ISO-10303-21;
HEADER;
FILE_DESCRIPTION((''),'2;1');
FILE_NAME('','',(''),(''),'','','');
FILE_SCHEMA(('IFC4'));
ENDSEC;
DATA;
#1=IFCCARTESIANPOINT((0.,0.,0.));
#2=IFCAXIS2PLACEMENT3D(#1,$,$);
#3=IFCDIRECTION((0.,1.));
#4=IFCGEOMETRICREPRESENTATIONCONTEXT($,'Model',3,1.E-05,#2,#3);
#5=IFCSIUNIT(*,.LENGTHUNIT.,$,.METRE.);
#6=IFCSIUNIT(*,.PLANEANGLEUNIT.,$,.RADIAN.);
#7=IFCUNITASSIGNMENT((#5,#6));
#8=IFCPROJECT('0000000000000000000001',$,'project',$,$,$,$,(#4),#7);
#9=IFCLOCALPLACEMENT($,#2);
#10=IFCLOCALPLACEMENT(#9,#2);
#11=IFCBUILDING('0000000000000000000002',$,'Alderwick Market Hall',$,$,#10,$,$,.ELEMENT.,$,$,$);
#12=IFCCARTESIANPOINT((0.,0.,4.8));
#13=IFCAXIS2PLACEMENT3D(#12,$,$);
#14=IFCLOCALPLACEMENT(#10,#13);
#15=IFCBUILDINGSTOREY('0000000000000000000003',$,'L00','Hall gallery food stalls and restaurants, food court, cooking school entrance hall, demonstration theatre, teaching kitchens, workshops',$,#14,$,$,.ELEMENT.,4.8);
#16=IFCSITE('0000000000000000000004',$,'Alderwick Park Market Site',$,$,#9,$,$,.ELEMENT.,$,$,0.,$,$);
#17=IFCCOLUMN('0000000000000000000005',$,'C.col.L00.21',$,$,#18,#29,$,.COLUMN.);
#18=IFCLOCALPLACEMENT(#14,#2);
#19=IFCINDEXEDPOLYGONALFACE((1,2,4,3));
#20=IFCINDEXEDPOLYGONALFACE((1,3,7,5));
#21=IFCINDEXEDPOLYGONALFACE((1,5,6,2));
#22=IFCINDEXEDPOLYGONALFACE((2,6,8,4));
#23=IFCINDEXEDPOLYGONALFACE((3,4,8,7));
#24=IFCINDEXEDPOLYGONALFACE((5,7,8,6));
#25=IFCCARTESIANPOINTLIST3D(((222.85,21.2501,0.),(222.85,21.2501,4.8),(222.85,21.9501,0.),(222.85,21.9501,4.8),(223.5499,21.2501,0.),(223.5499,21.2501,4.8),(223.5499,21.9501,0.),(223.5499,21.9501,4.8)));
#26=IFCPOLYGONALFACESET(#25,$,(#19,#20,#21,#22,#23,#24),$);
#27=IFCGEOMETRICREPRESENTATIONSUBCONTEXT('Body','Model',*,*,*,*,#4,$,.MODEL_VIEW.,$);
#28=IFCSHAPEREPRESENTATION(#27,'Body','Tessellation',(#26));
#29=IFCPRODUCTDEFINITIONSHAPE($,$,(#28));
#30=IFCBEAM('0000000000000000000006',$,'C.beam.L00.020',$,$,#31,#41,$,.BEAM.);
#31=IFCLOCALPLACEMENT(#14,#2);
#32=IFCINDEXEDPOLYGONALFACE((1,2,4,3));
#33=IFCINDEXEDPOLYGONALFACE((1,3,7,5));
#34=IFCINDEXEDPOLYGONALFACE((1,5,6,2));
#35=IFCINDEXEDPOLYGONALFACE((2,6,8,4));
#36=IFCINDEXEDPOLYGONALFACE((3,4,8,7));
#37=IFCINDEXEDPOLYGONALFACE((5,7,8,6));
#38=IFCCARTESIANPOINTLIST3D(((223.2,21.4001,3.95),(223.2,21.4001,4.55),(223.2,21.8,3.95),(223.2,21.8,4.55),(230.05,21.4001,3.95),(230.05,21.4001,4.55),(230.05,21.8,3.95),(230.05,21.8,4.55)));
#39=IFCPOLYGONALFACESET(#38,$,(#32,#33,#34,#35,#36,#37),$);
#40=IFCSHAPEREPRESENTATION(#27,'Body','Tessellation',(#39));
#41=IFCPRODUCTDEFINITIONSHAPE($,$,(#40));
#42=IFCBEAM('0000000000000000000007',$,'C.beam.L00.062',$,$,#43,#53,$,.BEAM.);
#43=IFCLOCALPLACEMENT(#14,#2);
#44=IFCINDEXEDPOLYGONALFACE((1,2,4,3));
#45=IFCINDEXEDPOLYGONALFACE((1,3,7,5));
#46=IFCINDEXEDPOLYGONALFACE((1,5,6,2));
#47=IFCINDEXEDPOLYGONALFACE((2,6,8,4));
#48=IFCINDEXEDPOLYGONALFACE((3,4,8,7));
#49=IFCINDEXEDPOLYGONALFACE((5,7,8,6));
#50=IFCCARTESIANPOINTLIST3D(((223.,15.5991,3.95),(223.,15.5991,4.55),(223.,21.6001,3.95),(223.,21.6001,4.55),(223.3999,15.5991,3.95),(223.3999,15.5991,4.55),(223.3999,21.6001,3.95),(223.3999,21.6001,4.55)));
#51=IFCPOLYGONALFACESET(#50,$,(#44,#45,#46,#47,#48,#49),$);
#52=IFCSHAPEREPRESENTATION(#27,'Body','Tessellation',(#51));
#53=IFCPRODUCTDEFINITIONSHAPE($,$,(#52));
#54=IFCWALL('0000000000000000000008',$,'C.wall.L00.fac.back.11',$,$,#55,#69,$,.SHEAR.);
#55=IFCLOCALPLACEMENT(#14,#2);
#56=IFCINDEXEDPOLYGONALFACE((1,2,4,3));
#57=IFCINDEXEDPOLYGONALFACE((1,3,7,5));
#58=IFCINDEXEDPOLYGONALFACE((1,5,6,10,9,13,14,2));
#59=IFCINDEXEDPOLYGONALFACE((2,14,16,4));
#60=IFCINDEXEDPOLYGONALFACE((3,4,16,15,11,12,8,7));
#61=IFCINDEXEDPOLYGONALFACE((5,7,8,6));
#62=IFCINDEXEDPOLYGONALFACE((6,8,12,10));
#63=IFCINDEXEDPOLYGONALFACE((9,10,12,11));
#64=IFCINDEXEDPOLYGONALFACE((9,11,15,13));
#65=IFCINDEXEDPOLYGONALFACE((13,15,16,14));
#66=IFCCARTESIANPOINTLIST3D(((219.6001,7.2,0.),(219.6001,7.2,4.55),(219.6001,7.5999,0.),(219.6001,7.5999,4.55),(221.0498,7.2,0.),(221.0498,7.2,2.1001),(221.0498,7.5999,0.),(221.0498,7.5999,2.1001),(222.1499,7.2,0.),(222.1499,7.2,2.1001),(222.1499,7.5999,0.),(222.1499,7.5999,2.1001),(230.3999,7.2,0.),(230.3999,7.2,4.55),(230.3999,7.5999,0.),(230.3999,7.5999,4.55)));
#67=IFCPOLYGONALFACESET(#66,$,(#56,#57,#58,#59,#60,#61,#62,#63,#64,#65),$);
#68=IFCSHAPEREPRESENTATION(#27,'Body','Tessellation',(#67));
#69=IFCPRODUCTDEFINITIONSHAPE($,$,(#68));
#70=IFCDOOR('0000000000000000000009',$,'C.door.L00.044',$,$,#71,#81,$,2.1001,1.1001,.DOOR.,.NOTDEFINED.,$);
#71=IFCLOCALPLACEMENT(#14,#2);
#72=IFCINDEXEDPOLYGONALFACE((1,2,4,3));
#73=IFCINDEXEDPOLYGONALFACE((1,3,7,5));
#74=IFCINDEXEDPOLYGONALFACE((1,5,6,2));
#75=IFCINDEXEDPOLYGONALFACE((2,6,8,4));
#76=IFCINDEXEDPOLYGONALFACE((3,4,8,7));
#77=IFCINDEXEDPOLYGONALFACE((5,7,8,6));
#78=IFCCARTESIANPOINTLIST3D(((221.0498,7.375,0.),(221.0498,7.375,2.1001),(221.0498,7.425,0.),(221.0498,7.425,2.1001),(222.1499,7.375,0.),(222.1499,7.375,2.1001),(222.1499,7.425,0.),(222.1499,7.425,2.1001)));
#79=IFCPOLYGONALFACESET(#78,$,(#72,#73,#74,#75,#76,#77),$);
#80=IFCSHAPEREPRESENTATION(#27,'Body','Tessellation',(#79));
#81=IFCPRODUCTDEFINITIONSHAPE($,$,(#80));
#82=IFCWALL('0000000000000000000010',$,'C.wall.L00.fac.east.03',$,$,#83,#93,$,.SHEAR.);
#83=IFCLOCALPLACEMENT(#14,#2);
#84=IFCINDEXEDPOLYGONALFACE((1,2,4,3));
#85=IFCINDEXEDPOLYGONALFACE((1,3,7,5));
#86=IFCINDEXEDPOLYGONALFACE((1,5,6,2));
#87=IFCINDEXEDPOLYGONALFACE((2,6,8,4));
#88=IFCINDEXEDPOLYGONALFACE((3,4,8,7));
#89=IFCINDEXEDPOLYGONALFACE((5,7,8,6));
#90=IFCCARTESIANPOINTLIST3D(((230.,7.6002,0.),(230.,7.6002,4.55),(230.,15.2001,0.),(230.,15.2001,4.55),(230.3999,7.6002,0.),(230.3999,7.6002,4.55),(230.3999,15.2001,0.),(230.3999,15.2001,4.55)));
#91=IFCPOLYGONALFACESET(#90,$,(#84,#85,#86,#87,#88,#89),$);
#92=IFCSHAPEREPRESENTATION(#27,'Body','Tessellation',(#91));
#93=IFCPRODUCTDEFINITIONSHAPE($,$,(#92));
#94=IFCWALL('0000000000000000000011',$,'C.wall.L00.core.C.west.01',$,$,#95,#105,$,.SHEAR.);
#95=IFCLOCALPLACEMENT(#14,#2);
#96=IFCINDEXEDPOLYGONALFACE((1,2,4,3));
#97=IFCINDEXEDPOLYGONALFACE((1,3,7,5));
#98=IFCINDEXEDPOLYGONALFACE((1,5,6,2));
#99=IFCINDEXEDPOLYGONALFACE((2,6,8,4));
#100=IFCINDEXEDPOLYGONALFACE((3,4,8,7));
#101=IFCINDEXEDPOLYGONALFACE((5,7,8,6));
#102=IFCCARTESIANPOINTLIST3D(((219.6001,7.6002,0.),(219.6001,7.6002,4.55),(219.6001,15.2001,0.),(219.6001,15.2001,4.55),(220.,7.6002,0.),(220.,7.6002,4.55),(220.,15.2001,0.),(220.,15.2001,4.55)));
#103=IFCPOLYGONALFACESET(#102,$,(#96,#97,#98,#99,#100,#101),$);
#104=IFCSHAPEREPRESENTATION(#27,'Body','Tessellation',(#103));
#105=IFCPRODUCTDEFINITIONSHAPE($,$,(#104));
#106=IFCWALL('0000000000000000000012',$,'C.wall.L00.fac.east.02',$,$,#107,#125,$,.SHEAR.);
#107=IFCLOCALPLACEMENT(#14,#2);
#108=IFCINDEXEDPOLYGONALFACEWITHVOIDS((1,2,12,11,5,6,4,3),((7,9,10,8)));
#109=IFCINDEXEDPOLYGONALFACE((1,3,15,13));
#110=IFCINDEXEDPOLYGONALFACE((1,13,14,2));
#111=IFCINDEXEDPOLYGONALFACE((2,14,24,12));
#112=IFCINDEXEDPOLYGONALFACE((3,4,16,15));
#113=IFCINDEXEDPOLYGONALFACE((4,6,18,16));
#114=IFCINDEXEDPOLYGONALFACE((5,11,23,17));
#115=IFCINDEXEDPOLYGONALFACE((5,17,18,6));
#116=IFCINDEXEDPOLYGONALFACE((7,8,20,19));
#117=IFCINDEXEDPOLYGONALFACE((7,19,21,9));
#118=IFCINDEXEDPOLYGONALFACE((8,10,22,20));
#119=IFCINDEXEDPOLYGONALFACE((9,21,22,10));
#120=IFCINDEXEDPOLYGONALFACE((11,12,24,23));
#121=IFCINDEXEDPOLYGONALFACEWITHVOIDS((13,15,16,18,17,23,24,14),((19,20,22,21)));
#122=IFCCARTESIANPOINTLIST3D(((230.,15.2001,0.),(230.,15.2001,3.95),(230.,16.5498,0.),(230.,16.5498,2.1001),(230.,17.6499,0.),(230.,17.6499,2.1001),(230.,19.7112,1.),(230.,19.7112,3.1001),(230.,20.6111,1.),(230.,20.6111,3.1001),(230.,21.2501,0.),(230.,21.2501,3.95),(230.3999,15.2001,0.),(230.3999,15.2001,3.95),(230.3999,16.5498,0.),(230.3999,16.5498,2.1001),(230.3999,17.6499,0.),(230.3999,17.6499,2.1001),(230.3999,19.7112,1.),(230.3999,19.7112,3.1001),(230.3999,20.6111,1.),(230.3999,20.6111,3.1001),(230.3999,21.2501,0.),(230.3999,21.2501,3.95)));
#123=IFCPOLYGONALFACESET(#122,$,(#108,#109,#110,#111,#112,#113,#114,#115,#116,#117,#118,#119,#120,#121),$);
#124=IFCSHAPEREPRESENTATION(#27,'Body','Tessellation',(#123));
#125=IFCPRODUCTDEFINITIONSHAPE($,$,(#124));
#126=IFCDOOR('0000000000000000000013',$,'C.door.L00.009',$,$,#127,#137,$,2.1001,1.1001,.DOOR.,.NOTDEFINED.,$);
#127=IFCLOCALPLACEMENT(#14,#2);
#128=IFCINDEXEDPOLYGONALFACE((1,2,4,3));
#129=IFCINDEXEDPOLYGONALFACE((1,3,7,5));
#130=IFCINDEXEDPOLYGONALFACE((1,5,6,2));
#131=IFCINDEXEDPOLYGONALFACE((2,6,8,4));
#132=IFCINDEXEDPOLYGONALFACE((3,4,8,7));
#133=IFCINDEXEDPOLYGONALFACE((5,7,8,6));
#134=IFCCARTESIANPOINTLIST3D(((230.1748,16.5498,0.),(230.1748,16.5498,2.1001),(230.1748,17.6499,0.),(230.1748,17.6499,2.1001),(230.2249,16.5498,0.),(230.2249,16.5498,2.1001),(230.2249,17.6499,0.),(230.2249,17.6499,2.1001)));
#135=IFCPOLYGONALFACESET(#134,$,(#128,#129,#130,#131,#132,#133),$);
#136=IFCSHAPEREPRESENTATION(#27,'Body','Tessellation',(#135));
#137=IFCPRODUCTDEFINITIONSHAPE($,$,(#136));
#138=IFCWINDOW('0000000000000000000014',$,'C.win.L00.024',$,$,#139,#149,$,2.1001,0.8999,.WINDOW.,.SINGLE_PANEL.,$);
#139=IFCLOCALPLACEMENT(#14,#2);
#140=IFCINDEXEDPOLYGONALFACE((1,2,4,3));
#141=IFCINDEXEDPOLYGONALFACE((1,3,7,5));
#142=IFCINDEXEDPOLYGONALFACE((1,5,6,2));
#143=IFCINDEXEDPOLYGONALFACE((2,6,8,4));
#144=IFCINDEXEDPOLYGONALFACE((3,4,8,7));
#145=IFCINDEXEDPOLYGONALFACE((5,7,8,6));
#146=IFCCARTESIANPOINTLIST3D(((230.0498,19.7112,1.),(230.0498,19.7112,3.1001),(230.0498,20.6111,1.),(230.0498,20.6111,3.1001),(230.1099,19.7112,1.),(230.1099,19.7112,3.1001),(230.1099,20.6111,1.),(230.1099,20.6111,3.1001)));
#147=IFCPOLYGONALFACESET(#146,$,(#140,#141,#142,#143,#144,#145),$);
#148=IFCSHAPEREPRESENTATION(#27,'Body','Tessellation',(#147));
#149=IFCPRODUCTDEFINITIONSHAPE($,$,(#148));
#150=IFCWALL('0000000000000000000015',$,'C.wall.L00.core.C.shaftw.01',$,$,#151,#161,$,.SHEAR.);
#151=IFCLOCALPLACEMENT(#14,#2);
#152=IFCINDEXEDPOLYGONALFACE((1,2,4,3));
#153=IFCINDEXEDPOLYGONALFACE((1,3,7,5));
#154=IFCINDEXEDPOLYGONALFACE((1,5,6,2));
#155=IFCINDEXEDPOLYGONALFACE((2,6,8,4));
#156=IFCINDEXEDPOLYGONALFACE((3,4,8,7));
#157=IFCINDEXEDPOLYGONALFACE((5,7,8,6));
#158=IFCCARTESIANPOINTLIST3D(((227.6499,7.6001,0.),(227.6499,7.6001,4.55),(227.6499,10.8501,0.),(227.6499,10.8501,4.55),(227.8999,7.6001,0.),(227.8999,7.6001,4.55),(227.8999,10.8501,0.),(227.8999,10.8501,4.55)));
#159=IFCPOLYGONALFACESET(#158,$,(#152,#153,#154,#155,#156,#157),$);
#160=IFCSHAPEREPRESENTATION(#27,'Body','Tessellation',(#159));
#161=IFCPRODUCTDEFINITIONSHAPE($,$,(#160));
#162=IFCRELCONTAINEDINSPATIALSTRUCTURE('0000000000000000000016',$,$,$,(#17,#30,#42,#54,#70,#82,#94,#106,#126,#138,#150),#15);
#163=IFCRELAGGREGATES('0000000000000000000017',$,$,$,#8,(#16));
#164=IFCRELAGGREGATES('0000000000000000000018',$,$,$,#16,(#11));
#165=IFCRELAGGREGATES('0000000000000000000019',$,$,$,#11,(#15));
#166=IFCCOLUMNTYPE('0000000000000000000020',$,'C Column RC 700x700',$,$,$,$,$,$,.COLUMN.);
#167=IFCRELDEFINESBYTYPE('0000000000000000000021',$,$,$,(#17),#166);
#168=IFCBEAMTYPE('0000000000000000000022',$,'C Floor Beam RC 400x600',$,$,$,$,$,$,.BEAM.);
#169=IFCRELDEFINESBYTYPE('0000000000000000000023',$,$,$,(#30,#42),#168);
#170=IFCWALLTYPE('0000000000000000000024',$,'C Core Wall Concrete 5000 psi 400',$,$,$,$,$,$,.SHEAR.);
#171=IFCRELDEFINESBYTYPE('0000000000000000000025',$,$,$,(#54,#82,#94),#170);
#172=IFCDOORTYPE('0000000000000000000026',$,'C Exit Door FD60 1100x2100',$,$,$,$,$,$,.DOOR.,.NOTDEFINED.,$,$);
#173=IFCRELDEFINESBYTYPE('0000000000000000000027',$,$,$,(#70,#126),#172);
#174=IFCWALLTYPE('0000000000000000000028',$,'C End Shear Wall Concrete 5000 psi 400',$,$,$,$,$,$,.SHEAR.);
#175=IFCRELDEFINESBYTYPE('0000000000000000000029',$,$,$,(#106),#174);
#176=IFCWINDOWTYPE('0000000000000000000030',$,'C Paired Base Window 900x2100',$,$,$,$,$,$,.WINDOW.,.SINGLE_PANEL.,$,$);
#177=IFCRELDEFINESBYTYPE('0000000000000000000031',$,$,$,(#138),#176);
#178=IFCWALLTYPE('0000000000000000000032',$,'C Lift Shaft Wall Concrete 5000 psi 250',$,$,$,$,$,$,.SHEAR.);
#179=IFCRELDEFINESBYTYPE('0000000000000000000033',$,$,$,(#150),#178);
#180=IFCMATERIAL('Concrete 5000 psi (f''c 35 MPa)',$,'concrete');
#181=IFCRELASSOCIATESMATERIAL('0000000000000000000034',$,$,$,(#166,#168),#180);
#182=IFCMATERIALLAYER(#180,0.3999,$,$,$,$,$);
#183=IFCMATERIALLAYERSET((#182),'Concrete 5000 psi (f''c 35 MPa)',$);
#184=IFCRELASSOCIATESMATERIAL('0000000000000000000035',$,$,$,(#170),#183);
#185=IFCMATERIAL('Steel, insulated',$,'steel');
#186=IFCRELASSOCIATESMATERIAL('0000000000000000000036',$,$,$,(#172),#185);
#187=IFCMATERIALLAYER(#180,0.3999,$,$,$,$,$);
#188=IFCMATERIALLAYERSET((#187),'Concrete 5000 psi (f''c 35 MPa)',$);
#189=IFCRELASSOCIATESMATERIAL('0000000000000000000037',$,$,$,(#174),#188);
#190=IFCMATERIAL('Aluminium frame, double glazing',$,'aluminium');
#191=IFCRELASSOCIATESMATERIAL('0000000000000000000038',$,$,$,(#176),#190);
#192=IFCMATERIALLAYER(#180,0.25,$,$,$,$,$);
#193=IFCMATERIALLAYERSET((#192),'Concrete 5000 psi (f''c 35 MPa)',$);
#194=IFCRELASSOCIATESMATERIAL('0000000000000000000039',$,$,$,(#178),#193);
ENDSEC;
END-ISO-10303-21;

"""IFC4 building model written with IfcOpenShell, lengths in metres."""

from ifc_helpers import new_model, si_unit, direction, frame, frame_2d, origin, origin_2d, place, context, subcontext, project, spatial, rectangle, extrude, material, layer, layer_set, material_profile, profile_set, type_object, element, fill, save


model = new_model("IFC4")

# Units and contexts
model_context = context("Model", 3, precision=1e-05, world=origin(), true_north=direction((0.0, 1.0)))
body_context = subcontext(model_context, "Body", "Model", "MODEL_VIEW")
ifc_project = project(units=[si_unit("LENGTHUNIT", "METRE"), si_unit("PLANEANGLEUNIT", "RADIAN")], contexts=[model_context])

# Site, building, storey
site_placement = place(None, origin())
site = spatial("IfcSite", under=ifc_project, at=site_placement, Name="Alderwick Park Market Site", CompositionType="ELEMENT", RefElevation=0.0)
building_placement = place(site_placement, origin())
building = spatial("IfcBuilding", under=site, at=building_placement, Name="Alderwick Market Hall", CompositionType="ELEMENT")
storey_placement = place(building_placement, frame((0.0, 0.0, 4.8)))
storey = spatial("IfcBuildingStorey", under=building, at=storey_placement, Name="L00", Description="Hall gallery food stalls and restaurants, food court, cooking school entrance hall, demonstration theatre, teaching kitchens, workshops", CompositionType="ELEMENT", Elevation=4.8)

# Column
ifc_material_1 = material(Name="Concrete 5000 psi (f'c 35 MPa)", Category="concrete")
ifc_material_profile_1 = material_profile(ifc_material_1, rectangle(XDim=0.7, YDim=0.7, at=origin_2d()), Name="RC 700x700")
ifc_profile_set_1 = profile_set([ifc_material_profile_1], Name="Concrete 5000 psi (f'c 35 MPa)")
column_type = type_object("IfcColumnType", Name="C Column RC 700x700", PredefinedType="COLUMN", material=ifc_profile_set_1)
column_placement = place(storey_placement, frame((223.2, 21.6001, 0.0), z_axis=(0.0, 0.0, 1.0), x_axis=(1.0, 0.0, 0.0)))
element("IfcColumn", 1, at=column_placement, inside=storey, type_object=column_type, Name="C.col.L00.21", PredefinedType="COLUMN", context=body_context, shape_type="SweptSolid", body=[
    extrude(rectangle(XDim=0.7, YDim=0.7, at=origin_2d()), origin(), (0.0, 0.0, 1.0), 4.8),
])

# Beams
ifc_material_profile_2 = material_profile(ifc_material_1, rectangle(XDim=0.3999, YDim=0.6001, at=origin_2d()), Name="RC 400x600")
ifc_profile_set_2 = profile_set([ifc_material_profile_2], Name="Concrete 5000 psi (f'c 35 MPa)")
beam_type = type_object("IfcBeamType", Name="C Floor Beam RC 400x600", PredefinedType="BEAM", material=ifc_profile_set_2)
beam_1_placement = place(storey_placement, frame((223.2, 21.6001, 4.25), z_axis=(1.0, 0.0, 0.0), x_axis=(0.0, 1.0, 0.0)))
element("IfcBeam", 2, at=beam_1_placement, inside=storey, type_object=beam_type, Name="C.beam.L00.020", PredefinedType="BEAM", context=body_context, shape_type="SweptSolid", body=[
    extrude(rectangle(XDim=0.3999, YDim=0.6001, at=origin_2d()), origin(), (0.0, 0.0, 1.0), 6.8501),
])
beam_2_placement = place(storey_placement, frame((223.2, 21.6001, 4.25), z_axis=(0.0, -1.0, 0.0), x_axis=(1.0, 0.0, 0.0)))
element("IfcBeam", 3, at=beam_2_placement, inside=storey, type_object=beam_type, Name="C.beam.L00.062", PredefinedType="BEAM", context=body_context, shape_type="SweptSolid", body=[
    extrude(rectangle(XDim=0.3999, YDim=0.6001, at=origin_2d()), origin(), (0.0, 0.0, 1.0), 6.001),
])

# Wall, opening, door
ifc_layer_1 = layer(ifc_material_1, 0.3999)
ifc_layer_set_1 = layer_set([ifc_layer_1], Name="Concrete 5000 psi (f'c 35 MPa)")
wall_type_1 = type_object("IfcWallType", Name="C Core Wall Concrete 5000 psi 400", PredefinedType="SHEAR", material=ifc_layer_set_1)
wall_1_placement = place(storey_placement, frame((230.3999, 7.3999, 0.0), z_axis=(0.0, 0.0, 1.0), x_axis=(-1.0, 0.0, 0.0)))
wall_1 = element("IfcWall", 4, at=wall_1_placement, inside=storey, type_object=wall_type_1, Name="C.wall.L00.fac.back.11", PredefinedType="SHEAR", context=body_context, shape_type="SweptSolid", body=[
    extrude(rectangle(XDim=10.7998, YDim=0.3999, at=frame_2d((5.3999, 0.0))), origin(), (0.0, 0.0, 1.0), 4.55),
])
opening_1_placement = place(wall_1_placement, frame((8.25, 0.0, 0.0)))
opening_1 = element("IfcOpeningElement", 5, at=opening_1_placement, cuts=wall_1, PredefinedType="OPENING", context=body_context, shape_type="SweptSolid", body=[
    extrude(rectangle(XDim=1.1001, YDim=2.1001, at=frame_2d((0.55, 1.05))), frame((0.0, 0.21, 0.0), z_axis=(0.0, -1.0, 0.0), x_axis=(1.0, 0.0, 0.0)), (0.0, 0.0, 1.0), 0.4199),
])
ifc_material_2 = material(Name="Steel, insulated", Category="steel")
door_type_1 = type_object("IfcDoorType", Name="C Exit Door FD60 1100x2100", OperationType="NOTDEFINED", PredefinedType="DOOR", material=ifc_material_2)
door_1_placement = place(opening_1_placement, origin())
door_1 = element("IfcDoor", 6, at=door_1_placement, inside=storey, type_object=door_type_1, Name="C.door.L00.044", OperationType="NOTDEFINED", OverallHeight=2.1001, OverallWidth=1.1001, PredefinedType="DOOR", context=body_context, shape_type="SweptSolid", body=[
    extrude(rectangle(XDim=1.1001, YDim=2.1001, at=frame_2d((0.55, 1.05))), frame((0.0, 0.0249, 0.0), z_axis=(0.0, -1.0, 0.0), x_axis=(1.0, 0.0, 0.0)), (0.0, 0.0, 1.0), 0.05),
])
fill(opening_1, door_1)

# Walls
for number, where, z_axis, x_axis, name in (
    (7, (230.2, 15.2, 0.0), (0.0, 0.0, 1.0), (0.0, -1.0, 0.0), "C.wall.L00.fac.east.03"),
    (8, (219.8, 15.2, 0.0), (0.0, 0.0, 1.0), (0.0, -1.0, 0.0), "C.wall.L00.core.C.west.01"),
):
    element("IfcWall", number, at=place(storey_placement, frame(where, z_axis=z_axis, x_axis=x_axis)), inside=storey, type_object=wall_type_1, Name=name, PredefinedType="SHEAR", context=body_context, shape_type="SweptSolid", body=[
        extrude(rectangle(XDim=7.5999, YDim=0.3999, at=frame_2d((3.7998, 0.0))), origin(), (0.0, 0.0, 1.0), 4.55),
    ])

# Wall, openings, door, window
ifc_layer_2 = layer(ifc_material_1, 0.3999)
ifc_layer_set_2 = layer_set([ifc_layer_2], Name="Concrete 5000 psi (f'c 35 MPa)")
wall_type_2 = type_object("IfcWallType", Name="C End Shear Wall Concrete 5000 psi 400", PredefinedType="SHEAR", material=ifc_layer_set_2)
wall_2_placement = place(storey_placement, frame((230.2, 21.25, 0.0), z_axis=(0.0, 0.0, 1.0), x_axis=(0.0, -1.0, 0.0)))
wall_2 = element("IfcWall", 9, at=wall_2_placement, inside=storey, type_object=wall_type_2, Name="C.wall.L00.fac.east.02", PredefinedType="SHEAR", context=body_context, shape_type="SweptSolid", body=[
    extrude(rectangle(XDim=6.05, YDim=0.3999, at=frame_2d((3.0249, 0.0))), origin(), (0.0, 0.0, 1.0), 3.95),
])
opening_2_placement = place(wall_2_placement, frame((3.6001, 0.0, 0.0)))
opening_2 = element("IfcOpeningElement", 10, at=opening_2_placement, cuts=wall_2, PredefinedType="OPENING", context=body_context, shape_type="SweptSolid", body=[
    extrude(rectangle(XDim=1.1001, YDim=2.1001, at=frame_2d((0.55, 1.05))), frame((0.0, 0.21, 0.0), z_axis=(0.0, -1.0, 0.0), x_axis=(1.0, 0.0, 0.0)), (0.0, 0.0, 1.0), 0.4199),
])
opening_3_placement = place(wall_2_placement, frame((0.6389, 0.0, 1.0)))
opening_3 = element("IfcOpeningElement", 11, at=opening_3_placement, cuts=wall_2, PredefinedType="OPENING", context=body_context, shape_type="SweptSolid", body=[
    extrude(rectangle(XDim=0.8999, YDim=2.1001, at=frame_2d((0.45, 1.05))), frame((0.0, 0.21, 0.0), z_axis=(0.0, -1.0, 0.0), x_axis=(1.0, 0.0, 0.0)), (0.0, 0.0, 1.0), 0.4199),
])
door_2_placement = place(opening_2_placement, origin())
door_2 = element("IfcDoor", 12, at=door_2_placement, inside=storey, type_object=door_type_1, Name="C.door.L00.009", OperationType="NOTDEFINED", OverallHeight=2.1001, OverallWidth=1.1001, PredefinedType="DOOR", context=body_context, shape_type="SweptSolid", body=[
    extrude(rectangle(XDim=1.1001, YDim=2.1001, at=frame_2d((0.55, 1.05))), frame((0.0, 0.0249, 0.0), z_axis=(0.0, -1.0, 0.0), x_axis=(1.0, 0.0, 0.0)), (0.0, 0.0, 1.0), 0.05),
])
fill(opening_2, door_2)
ifc_material_3 = material(Name="Aluminium frame, double glazing", Category="aluminium")
window_type = type_object("IfcWindowType", Name="C Paired Base Window 900x2100", PartitioningType="SINGLE_PANEL", PredefinedType="WINDOW", material=ifc_material_3)
window_placement = place(opening_3_placement, origin())
window = element("IfcWindow", 13, at=window_placement, inside=storey, type_object=window_type, Name="C.win.L00.024", OverallHeight=2.1001, OverallWidth=0.8999, PartitioningType="SINGLE_PANEL", PredefinedType="WINDOW", context=body_context, shape_type="SweptSolid", body=[
    extrude(rectangle(XDim=0.8999, YDim=2.1001, at=frame_2d((0.45, 1.05))), frame((0.0, -0.0901, 0.0), z_axis=(0.0, -1.0, 0.0), x_axis=(1.0, 0.0, 0.0)), (0.0, 0.0, 1.0), 0.0601),
])
fill(opening_3, window)

# Wall
ifc_layer_3 = layer(ifc_material_1, 0.25)
ifc_layer_set_3 = layer_set([ifc_layer_3], Name="Concrete 5000 psi (f'c 35 MPa)")
wall_type_3 = type_object("IfcWallType", Name="C Lift Shaft Wall Concrete 5000 psi 250", PredefinedType="SHEAR", material=ifc_layer_set_3)
wall_3_placement = place(storey_placement, frame((227.7749, 10.8501, 0.0), z_axis=(0.0, 0.0, 1.0), x_axis=(0.0, -1.0, 0.0)))
element("IfcWall", 14, at=wall_3_placement, inside=storey, type_object=wall_type_3, Name="C.wall.L00.core.C.shaftw.01", PredefinedType="SHEAR", context=body_context, shape_type="SweptSolid", body=[
    extrude(rectangle(XDim=3.25, YDim=0.25, at=frame_2d((1.625, 0.0))), origin(), (0.0, 0.0, 1.0), 4.55),
])

save(model, "model.ifc")
